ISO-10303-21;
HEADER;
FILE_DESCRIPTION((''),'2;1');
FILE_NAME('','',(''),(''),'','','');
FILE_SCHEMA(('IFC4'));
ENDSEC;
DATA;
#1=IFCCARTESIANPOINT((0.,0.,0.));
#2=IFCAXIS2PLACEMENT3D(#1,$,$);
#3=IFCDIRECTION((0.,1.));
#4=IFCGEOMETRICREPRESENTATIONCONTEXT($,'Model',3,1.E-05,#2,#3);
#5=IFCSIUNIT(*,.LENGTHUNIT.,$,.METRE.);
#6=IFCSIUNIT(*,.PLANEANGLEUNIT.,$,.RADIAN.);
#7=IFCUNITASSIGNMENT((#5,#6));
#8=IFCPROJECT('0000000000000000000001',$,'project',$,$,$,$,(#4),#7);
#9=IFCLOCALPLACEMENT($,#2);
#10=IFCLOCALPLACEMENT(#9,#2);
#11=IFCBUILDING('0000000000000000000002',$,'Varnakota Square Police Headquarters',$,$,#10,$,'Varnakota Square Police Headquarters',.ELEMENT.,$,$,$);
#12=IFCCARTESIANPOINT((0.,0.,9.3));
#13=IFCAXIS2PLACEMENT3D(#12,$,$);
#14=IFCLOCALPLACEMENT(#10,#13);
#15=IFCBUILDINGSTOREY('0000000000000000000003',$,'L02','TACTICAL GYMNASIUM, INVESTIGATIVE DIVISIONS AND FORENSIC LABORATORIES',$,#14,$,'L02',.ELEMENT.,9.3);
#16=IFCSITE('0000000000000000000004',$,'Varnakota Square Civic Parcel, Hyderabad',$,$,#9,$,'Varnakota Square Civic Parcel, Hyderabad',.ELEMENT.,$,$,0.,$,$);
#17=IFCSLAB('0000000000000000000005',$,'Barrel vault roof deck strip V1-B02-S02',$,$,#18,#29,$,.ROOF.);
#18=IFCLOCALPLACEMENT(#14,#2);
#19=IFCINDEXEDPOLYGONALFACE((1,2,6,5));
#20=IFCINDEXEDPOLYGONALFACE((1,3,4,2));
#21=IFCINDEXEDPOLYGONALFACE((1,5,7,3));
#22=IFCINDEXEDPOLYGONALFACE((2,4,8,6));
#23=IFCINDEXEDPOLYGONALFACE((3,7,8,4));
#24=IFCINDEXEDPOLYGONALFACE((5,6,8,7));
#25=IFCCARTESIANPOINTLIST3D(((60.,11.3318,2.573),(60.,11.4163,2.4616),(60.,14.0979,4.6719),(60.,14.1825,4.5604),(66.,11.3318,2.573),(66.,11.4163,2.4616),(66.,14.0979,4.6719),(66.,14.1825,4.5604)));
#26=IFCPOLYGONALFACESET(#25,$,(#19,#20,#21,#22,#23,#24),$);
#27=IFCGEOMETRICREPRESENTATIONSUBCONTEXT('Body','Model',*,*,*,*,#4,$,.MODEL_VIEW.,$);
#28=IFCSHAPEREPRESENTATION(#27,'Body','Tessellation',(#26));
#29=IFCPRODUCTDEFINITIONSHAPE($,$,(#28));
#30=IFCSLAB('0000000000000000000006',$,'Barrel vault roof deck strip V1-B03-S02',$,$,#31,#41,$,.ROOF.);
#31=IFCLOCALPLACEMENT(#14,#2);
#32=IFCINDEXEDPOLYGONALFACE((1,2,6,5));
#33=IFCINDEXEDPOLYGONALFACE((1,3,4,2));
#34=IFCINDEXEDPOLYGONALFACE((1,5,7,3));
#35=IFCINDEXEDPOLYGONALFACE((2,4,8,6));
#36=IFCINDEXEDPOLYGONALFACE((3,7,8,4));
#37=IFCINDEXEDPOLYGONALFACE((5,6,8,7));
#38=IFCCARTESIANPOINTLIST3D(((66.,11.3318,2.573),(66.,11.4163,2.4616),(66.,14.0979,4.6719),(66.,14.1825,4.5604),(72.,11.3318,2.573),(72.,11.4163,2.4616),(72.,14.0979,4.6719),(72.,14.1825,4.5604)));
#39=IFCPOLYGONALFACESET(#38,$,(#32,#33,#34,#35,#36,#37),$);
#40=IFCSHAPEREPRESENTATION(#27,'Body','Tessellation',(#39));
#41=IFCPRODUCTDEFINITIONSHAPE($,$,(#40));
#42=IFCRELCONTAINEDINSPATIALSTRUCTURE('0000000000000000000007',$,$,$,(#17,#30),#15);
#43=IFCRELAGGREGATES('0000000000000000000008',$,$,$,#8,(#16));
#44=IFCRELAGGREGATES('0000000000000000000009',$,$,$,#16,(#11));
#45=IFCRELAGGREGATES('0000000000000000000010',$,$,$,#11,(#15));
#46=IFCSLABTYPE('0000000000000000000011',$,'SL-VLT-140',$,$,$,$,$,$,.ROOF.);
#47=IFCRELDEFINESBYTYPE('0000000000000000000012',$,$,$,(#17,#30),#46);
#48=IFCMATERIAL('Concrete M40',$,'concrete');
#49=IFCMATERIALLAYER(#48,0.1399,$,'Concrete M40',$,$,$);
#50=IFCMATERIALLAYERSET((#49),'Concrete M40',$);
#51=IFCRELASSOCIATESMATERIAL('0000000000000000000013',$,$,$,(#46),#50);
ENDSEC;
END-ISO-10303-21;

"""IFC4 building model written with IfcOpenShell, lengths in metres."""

from ifc_helpers import new_model, si_unit, direction, frame, origin, place, context, subcontext, project, spatial, polyline, outline, extrude, material, layer, layer_set, type_object, element, save


model = new_model("IFC4")

# Units and contexts
model_context = context("Model", 3, precision=1e-05, world=origin(), true_north=direction((0.0, 1.0)))
body_context = subcontext(model_context, "Body", "Model", "MODEL_VIEW")
ifc_project = project(units=[si_unit("LENGTHUNIT", "METRE"), si_unit("PLANEANGLEUNIT", "RADIAN")], contexts=[model_context])

# Site, building, storey
site_placement = place(None, origin())
site = spatial("IfcSite", under=ifc_project, at=site_placement, Name="Varnakota Square Civic Parcel, Hyderabad", LongName="Varnakota Square Civic Parcel, Hyderabad", CompositionType="ELEMENT", RefElevation=0.0)
building_placement = place(site_placement, origin())
building = spatial("IfcBuilding", under=site, at=building_placement, Name="Varnakota Square Police Headquarters", LongName="Varnakota Square Police Headquarters", CompositionType="ELEMENT")
storey_placement = place(building_placement, frame((0.0, 0.0, 9.3)))
storey = spatial("IfcBuildingStorey", under=building, at=storey_placement, Name="L02", Description="TACTICAL GYMNASIUM, INVESTIGATIVE DIVISIONS AND FORENSIC LABORATORIES", LongName="L02", CompositionType="ELEMENT", Elevation=9.3)

# Slabs
ifc_material_1 = material(Name="Concrete M40", Category="concrete")
ifc_layer = layer(ifc_material_1, 0.1399, Name="Concrete M40")
ifc_layer_set = layer_set([ifc_layer], Name="Concrete M40")
slab_type = type_object("IfcSlabType", Name="SL-VLT-140", PredefinedType="ROOF", material=ifc_layer_set)
for number, where, z_axis, x_axis, name in (
    (1, (60.0, 11.3318, 2.573), (0.0, -0.604468, 0.796629), (1.0, 0.0, 0.0), "Barrel vault roof deck strip V1-B02-S02"),
    (2, (66.0, 11.3318, 2.573), (0.0, -0.604468, 0.796629), (1.0, 0.0, 0.0), "Barrel vault roof deck strip V1-B03-S02"),
):
    element("IfcSlab", number, at=place(storey_placement, frame(where, z_axis=z_axis, x_axis=x_axis)), inside=storey, type_object=slab_type, Name=name, PredefinedType="ROOF", context=body_context, shape_type="SweptSolid", body=[
        extrude(outline(polyline([(0.0, 0.0), (6.0, 0.0), (6.0, 3.4723), (0.0, 3.4723), (0.0, 0.0)])), origin(), (0.0, 0.0, -1.0), 0.1399),
    ])

save(model, "model.ifc")
